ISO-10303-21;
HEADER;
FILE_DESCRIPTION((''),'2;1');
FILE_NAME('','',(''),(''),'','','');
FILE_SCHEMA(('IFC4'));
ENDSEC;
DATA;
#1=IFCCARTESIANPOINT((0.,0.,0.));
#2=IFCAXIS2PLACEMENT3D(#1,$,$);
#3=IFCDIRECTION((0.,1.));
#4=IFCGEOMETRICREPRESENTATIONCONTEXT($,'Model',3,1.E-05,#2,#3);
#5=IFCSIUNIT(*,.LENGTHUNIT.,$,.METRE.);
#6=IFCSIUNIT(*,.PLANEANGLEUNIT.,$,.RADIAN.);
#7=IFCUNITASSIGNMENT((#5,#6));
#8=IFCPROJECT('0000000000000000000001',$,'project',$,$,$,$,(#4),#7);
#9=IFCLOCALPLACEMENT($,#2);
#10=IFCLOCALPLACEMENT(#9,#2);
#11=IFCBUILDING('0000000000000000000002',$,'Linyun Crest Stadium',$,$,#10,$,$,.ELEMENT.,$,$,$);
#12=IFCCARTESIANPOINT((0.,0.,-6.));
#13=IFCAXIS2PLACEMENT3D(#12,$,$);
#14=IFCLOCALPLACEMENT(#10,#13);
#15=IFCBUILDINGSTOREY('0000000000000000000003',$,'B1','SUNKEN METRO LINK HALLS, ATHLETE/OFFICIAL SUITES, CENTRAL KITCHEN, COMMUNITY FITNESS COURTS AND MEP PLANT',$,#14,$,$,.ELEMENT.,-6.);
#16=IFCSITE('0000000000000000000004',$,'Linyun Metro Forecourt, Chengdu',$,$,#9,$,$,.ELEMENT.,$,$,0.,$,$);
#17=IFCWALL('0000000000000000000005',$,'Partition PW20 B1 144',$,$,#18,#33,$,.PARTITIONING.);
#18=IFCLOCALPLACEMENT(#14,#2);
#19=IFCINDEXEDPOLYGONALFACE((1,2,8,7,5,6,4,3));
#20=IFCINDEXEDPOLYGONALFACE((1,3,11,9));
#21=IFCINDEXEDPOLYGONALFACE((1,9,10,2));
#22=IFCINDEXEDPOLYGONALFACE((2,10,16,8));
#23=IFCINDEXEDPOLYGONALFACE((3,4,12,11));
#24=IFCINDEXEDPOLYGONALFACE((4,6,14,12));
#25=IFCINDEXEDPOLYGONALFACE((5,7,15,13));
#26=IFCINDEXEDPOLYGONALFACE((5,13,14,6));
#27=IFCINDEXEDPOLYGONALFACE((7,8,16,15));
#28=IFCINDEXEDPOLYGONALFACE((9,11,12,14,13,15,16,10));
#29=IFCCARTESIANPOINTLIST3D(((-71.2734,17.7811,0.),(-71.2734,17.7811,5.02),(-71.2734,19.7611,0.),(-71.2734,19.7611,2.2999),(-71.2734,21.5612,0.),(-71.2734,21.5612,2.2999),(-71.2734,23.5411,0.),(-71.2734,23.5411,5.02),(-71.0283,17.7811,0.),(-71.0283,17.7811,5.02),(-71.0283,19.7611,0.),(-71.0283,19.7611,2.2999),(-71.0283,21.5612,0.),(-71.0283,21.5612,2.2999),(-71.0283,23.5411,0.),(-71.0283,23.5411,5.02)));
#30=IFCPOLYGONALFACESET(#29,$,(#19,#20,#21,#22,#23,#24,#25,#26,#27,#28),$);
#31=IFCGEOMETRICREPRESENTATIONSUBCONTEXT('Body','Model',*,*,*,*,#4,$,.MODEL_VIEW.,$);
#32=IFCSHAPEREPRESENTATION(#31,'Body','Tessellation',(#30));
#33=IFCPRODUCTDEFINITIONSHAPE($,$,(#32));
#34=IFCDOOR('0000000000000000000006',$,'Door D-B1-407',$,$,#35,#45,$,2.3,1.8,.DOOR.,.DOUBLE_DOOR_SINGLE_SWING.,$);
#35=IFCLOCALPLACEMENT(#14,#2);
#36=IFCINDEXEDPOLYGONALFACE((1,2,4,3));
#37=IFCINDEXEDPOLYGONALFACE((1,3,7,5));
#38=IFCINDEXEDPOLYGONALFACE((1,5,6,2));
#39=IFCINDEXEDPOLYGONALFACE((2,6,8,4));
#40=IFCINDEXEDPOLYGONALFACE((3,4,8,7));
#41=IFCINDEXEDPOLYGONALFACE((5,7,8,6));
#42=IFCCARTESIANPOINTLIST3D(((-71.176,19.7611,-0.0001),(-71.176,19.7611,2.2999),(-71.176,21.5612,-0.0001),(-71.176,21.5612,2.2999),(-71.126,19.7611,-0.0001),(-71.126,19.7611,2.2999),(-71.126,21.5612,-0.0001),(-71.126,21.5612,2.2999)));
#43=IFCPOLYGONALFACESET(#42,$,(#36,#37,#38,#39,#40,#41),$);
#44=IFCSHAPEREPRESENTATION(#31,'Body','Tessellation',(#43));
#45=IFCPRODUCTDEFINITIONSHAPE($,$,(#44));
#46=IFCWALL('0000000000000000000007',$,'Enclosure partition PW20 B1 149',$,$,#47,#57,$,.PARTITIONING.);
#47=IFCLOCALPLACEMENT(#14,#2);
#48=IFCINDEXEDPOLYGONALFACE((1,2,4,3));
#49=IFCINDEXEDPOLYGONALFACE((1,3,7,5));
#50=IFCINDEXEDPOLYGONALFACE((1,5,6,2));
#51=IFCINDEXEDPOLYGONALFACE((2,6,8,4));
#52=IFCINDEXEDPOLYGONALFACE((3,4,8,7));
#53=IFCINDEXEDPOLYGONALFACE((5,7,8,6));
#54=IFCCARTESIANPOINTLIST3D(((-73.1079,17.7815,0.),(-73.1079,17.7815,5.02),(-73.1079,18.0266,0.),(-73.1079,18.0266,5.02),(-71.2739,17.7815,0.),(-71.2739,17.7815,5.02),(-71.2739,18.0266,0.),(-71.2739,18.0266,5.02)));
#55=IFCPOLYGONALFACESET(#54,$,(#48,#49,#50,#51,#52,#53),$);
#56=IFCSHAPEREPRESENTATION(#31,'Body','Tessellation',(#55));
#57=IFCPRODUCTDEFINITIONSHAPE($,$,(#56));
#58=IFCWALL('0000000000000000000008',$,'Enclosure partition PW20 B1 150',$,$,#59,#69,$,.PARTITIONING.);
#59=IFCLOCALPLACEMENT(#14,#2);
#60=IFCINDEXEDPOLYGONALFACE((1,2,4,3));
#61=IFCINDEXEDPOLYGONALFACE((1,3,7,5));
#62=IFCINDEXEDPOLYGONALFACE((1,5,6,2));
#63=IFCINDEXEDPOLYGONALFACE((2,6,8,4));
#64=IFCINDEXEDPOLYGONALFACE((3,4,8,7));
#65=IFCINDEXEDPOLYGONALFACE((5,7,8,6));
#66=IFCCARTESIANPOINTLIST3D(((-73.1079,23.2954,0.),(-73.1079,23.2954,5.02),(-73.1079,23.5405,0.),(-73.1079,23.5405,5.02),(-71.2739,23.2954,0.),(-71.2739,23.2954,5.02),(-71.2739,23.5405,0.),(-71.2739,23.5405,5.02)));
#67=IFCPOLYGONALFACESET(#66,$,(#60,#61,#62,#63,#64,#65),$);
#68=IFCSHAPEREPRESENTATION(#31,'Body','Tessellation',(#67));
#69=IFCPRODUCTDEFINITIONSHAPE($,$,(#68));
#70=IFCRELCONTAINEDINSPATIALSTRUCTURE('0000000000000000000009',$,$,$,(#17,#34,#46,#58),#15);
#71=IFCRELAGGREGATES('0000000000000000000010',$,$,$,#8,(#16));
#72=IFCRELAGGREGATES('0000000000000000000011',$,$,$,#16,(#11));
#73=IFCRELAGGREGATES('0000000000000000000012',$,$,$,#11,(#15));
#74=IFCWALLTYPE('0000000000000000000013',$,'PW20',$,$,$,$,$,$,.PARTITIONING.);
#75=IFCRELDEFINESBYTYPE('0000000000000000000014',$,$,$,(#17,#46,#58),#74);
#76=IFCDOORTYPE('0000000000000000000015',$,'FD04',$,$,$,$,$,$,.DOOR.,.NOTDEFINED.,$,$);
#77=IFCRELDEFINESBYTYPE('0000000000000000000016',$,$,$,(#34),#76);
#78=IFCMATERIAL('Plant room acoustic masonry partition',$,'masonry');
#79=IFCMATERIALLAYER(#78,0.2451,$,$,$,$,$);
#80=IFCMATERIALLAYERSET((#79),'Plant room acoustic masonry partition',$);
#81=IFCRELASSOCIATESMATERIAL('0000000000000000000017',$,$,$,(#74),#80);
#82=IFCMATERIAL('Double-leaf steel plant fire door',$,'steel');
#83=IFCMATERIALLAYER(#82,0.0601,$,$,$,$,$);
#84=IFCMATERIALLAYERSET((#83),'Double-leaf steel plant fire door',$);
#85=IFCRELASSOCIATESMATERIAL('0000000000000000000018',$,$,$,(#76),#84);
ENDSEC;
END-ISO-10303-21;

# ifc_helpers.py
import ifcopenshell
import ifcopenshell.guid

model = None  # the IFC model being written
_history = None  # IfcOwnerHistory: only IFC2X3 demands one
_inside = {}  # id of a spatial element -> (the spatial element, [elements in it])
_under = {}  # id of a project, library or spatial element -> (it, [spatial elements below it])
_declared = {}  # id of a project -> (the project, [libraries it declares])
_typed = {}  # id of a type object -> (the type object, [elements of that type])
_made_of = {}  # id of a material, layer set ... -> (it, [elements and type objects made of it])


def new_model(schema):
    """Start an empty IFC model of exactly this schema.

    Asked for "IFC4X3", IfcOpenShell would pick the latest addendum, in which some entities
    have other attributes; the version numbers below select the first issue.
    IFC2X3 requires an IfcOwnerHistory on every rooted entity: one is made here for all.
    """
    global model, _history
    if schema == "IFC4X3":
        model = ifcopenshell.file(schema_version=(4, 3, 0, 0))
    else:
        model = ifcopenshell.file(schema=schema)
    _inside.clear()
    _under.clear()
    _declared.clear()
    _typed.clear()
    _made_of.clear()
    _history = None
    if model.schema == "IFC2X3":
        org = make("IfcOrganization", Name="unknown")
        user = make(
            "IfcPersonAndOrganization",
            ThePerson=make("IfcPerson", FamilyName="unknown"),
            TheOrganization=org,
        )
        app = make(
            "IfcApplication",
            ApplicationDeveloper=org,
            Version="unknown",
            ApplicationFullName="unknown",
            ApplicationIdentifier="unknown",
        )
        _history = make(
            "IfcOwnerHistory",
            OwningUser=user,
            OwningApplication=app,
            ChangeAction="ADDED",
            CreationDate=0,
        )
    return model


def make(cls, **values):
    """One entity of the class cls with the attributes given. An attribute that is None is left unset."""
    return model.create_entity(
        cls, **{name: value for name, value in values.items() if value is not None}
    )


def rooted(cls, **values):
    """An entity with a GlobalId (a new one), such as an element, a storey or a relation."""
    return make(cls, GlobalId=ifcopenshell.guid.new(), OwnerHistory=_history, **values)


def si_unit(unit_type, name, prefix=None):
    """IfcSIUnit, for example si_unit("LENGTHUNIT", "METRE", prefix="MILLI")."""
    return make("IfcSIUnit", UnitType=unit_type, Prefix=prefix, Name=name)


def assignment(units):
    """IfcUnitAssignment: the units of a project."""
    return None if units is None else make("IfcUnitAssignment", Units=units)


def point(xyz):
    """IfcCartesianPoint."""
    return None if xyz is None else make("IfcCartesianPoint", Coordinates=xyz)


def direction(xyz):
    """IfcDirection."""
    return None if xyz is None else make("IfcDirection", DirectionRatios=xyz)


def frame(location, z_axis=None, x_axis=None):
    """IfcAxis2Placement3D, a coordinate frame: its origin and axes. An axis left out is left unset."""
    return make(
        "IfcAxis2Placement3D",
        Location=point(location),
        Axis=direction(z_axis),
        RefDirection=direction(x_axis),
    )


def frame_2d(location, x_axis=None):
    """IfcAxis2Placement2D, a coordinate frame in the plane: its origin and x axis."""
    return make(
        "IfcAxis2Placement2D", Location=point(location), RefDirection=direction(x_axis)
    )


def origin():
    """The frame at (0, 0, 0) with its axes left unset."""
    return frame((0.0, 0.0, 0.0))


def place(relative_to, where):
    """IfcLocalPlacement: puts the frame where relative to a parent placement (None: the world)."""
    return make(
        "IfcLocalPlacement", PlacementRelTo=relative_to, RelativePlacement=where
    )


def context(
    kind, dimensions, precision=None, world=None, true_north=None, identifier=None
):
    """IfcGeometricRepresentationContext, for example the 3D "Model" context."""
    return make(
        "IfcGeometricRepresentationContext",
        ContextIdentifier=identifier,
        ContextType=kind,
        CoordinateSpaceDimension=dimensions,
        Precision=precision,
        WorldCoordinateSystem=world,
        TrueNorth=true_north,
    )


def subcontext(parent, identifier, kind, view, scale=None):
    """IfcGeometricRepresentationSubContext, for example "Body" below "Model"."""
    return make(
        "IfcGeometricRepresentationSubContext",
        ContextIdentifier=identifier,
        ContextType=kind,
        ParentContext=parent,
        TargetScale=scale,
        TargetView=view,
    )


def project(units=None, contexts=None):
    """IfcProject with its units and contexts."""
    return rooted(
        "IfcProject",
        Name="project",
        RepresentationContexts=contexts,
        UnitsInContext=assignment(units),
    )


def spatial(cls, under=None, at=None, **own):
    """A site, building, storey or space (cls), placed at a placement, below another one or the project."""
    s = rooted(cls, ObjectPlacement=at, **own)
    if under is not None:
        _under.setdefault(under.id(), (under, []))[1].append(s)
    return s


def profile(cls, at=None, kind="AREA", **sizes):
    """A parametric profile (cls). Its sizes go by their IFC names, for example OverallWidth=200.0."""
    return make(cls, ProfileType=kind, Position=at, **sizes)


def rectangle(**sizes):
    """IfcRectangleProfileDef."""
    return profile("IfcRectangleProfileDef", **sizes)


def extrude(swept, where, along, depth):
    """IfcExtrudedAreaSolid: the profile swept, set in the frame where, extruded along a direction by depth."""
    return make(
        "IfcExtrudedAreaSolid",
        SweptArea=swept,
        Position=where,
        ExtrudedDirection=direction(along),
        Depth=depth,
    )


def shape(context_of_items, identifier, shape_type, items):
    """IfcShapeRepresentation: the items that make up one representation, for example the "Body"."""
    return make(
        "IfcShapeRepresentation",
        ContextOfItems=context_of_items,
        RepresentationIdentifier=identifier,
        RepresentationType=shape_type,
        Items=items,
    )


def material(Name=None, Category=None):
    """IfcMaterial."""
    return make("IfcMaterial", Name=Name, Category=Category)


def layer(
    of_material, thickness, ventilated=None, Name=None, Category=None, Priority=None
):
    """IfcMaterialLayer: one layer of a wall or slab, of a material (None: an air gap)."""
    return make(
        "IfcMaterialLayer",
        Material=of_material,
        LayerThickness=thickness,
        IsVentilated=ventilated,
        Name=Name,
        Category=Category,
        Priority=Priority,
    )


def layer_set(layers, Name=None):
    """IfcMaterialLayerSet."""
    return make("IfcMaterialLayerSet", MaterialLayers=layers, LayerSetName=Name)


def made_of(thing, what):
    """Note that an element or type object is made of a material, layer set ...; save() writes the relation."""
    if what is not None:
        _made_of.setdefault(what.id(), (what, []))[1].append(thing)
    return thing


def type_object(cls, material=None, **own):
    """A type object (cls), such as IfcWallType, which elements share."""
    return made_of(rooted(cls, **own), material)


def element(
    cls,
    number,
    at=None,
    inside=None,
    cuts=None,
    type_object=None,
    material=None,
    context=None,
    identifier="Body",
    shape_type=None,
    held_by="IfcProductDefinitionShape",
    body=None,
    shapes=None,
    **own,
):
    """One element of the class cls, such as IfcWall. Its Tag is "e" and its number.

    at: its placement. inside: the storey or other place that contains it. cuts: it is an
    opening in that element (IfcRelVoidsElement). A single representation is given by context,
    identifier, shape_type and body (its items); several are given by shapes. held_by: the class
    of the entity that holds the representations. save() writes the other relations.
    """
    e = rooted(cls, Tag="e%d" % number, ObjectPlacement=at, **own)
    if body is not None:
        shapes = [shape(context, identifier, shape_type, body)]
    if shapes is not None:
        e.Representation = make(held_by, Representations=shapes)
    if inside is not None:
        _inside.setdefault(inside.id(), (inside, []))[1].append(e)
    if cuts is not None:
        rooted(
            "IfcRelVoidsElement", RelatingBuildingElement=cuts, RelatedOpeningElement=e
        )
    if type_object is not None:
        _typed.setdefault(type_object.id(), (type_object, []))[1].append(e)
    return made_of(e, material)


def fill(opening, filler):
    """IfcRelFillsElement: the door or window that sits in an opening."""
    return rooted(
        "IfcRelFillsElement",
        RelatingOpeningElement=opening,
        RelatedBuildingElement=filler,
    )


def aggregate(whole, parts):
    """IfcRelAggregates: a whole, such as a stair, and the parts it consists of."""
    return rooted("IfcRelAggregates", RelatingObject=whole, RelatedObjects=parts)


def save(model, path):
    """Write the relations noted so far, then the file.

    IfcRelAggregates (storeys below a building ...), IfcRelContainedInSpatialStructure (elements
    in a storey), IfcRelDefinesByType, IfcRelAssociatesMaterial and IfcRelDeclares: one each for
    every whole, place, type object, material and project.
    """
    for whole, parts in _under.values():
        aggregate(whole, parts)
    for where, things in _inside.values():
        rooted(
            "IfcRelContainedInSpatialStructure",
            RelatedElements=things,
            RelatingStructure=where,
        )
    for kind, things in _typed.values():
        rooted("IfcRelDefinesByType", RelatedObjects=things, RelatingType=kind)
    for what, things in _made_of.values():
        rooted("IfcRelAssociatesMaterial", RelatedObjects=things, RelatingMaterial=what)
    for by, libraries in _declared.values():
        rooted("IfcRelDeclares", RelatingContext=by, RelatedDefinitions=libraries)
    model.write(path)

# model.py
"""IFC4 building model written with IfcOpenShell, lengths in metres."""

from ifc_helpers import new_model, si_unit, direction, frame, frame_2d, origin, place, context, subcontext, project, spatial, rectangle, extrude, material, layer, layer_set, type_object, element, fill, save


model = new_model("IFC4")

# Units and contexts
model_context = context("Model", 3, precision=1e-05, world=origin(), true_north=direction((0.0, 1.0)))
body_context = subcontext(model_context, "Body", "Model", "MODEL_VIEW")
ifc_project = project(units=[si_unit("LENGTHUNIT", "METRE"), si_unit("PLANEANGLEUNIT", "RADIAN")], contexts=[model_context])

# Site, building, storey
site_placement = place(None, origin())
site = spatial("IfcSite", under=ifc_project, at=site_placement, Name="Linyun Metro Forecourt, Chengdu", CompositionType="ELEMENT", RefElevation=0.0)
building_placement = place(site_placement, origin())
building = spatial("IfcBuilding", under=site, at=building_placement, Name="Linyun Crest Stadium", CompositionType="ELEMENT")
storey_placement = place(building_placement, frame((0.0, 0.0, -6.0)))
storey = spatial("IfcBuildingStorey", under=building, at=storey_placement, Name="B1", Description="SUNKEN METRO LINK HALLS, ATHLETE/OFFICIAL SUITES, CENTRAL KITCHEN, COMMUNITY FITNESS COURTS AND MEP PLANT", CompositionType="ELEMENT", Elevation=-6.0)

# Wall, opening, door
ifc_material_1 = material(Name="Plant room acoustic masonry partition", Category="masonry")
ifc_layer_1 = layer(ifc_material_1, 0.2451)
ifc_layer_set_1 = layer_set([ifc_layer_1], Name="Plant room acoustic masonry partition")
wall_type = type_object("IfcWallType", Name="PW20", PredefinedType="PARTITIONING", material=ifc_layer_set_1)
wall_placement = place(storey_placement, frame((-71.1509, 23.541, 0.0), z_axis=(0.0, 0.0, 1.0), x_axis=(0.0, -1.0, 0.0)))
wall = element("IfcWall", 1, at=wall_placement, inside=storey, type_object=wall_type, Name="Partition PW20 B1 144", PredefinedType="PARTITIONING", context=body_context, shape_type="SweptSolid", body=[
    extrude(rectangle(XDim=5.76, YDim=0.2451, at=frame_2d((2.8799, 0.0))), origin(), (0.0, 0.0, 1.0), 5.02),
])
opening_placement = place(wall_placement, frame((1.98, 0.0, 0.0)))
opening = element("IfcOpeningElement", 2, at=opening_placement, cuts=wall, PredefinedType="OPENING", context=body_context, shape_type="SweptSolid", body=[
    extrude(rectangle(XDim=1.8, YDim=2.3, at=frame_2d((0.8999, 1.1499))), frame((0.0, 0.1326, 0.0), z_axis=(0.0, -1.0, 0.0), x_axis=(1.0, 0.0, 0.0)), (0.0, 0.0, 1.0), 0.2651),
])
ifc_material_2 = material(Name="Double-leaf steel plant fire door", Category="steel")
ifc_layer_2 = layer(ifc_material_2, 0.0601)
ifc_layer_set_2 = layer_set([ifc_layer_2], Name="Double-leaf steel plant fire door")
door_type = type_object("IfcDoorType", Name="FD04", OperationType="NOTDEFINED", PredefinedType="DOOR", material=ifc_layer_set_2)
door_placement = place(opening_placement, origin())
door = element("IfcDoor", 3, at=door_placement, inside=storey, type_object=door_type, Name="Door D-B1-407", OperationType="DOUBLE_DOOR_SINGLE_SWING", OverallHeight=2.3, OverallWidth=1.8, PredefinedType="DOOR", context=body_context, shape_type="SweptSolid", body=[
    extrude(rectangle(XDim=1.8, YDim=2.3, at=frame_2d((0.8999, 1.1499))), frame((0.0, 0.0249, 0.0), z_axis=(0.0, -1.0, 0.0), x_axis=(1.0, 0.0, 0.0)), (0.0, 0.0, 1.0), 0.05),
])
fill(opening, door)

# Walls
for number, where, z_axis, x_axis, name in (
    (4, (-73.1079, 17.9041, 0.0), (0.0, 0.0, 1.0), (1.0, 0.0, 0.0), "Enclosure partition PW20 B1 149"),
    (5, (-73.1079, 23.418, 0.0), (0.0, 0.0, 1.0), (1.0, 0.0, 0.0), "Enclosure partition PW20 B1 150"),
):
    element("IfcWall", number, at=place(storey_placement, frame(where, z_axis=z_axis, x_axis=x_axis)), inside=storey, type_object=wall_type, Name=name, PredefinedType="PARTITIONING", context=body_context, shape_type="SweptSolid", body=[
        extrude(rectangle(XDim=1.834, YDim=0.2451, at=frame_2d((0.917, 0.0))), origin(), (0.0, 0.0, 1.0), 5.02),
    ])

save(model, "model.ifc")
